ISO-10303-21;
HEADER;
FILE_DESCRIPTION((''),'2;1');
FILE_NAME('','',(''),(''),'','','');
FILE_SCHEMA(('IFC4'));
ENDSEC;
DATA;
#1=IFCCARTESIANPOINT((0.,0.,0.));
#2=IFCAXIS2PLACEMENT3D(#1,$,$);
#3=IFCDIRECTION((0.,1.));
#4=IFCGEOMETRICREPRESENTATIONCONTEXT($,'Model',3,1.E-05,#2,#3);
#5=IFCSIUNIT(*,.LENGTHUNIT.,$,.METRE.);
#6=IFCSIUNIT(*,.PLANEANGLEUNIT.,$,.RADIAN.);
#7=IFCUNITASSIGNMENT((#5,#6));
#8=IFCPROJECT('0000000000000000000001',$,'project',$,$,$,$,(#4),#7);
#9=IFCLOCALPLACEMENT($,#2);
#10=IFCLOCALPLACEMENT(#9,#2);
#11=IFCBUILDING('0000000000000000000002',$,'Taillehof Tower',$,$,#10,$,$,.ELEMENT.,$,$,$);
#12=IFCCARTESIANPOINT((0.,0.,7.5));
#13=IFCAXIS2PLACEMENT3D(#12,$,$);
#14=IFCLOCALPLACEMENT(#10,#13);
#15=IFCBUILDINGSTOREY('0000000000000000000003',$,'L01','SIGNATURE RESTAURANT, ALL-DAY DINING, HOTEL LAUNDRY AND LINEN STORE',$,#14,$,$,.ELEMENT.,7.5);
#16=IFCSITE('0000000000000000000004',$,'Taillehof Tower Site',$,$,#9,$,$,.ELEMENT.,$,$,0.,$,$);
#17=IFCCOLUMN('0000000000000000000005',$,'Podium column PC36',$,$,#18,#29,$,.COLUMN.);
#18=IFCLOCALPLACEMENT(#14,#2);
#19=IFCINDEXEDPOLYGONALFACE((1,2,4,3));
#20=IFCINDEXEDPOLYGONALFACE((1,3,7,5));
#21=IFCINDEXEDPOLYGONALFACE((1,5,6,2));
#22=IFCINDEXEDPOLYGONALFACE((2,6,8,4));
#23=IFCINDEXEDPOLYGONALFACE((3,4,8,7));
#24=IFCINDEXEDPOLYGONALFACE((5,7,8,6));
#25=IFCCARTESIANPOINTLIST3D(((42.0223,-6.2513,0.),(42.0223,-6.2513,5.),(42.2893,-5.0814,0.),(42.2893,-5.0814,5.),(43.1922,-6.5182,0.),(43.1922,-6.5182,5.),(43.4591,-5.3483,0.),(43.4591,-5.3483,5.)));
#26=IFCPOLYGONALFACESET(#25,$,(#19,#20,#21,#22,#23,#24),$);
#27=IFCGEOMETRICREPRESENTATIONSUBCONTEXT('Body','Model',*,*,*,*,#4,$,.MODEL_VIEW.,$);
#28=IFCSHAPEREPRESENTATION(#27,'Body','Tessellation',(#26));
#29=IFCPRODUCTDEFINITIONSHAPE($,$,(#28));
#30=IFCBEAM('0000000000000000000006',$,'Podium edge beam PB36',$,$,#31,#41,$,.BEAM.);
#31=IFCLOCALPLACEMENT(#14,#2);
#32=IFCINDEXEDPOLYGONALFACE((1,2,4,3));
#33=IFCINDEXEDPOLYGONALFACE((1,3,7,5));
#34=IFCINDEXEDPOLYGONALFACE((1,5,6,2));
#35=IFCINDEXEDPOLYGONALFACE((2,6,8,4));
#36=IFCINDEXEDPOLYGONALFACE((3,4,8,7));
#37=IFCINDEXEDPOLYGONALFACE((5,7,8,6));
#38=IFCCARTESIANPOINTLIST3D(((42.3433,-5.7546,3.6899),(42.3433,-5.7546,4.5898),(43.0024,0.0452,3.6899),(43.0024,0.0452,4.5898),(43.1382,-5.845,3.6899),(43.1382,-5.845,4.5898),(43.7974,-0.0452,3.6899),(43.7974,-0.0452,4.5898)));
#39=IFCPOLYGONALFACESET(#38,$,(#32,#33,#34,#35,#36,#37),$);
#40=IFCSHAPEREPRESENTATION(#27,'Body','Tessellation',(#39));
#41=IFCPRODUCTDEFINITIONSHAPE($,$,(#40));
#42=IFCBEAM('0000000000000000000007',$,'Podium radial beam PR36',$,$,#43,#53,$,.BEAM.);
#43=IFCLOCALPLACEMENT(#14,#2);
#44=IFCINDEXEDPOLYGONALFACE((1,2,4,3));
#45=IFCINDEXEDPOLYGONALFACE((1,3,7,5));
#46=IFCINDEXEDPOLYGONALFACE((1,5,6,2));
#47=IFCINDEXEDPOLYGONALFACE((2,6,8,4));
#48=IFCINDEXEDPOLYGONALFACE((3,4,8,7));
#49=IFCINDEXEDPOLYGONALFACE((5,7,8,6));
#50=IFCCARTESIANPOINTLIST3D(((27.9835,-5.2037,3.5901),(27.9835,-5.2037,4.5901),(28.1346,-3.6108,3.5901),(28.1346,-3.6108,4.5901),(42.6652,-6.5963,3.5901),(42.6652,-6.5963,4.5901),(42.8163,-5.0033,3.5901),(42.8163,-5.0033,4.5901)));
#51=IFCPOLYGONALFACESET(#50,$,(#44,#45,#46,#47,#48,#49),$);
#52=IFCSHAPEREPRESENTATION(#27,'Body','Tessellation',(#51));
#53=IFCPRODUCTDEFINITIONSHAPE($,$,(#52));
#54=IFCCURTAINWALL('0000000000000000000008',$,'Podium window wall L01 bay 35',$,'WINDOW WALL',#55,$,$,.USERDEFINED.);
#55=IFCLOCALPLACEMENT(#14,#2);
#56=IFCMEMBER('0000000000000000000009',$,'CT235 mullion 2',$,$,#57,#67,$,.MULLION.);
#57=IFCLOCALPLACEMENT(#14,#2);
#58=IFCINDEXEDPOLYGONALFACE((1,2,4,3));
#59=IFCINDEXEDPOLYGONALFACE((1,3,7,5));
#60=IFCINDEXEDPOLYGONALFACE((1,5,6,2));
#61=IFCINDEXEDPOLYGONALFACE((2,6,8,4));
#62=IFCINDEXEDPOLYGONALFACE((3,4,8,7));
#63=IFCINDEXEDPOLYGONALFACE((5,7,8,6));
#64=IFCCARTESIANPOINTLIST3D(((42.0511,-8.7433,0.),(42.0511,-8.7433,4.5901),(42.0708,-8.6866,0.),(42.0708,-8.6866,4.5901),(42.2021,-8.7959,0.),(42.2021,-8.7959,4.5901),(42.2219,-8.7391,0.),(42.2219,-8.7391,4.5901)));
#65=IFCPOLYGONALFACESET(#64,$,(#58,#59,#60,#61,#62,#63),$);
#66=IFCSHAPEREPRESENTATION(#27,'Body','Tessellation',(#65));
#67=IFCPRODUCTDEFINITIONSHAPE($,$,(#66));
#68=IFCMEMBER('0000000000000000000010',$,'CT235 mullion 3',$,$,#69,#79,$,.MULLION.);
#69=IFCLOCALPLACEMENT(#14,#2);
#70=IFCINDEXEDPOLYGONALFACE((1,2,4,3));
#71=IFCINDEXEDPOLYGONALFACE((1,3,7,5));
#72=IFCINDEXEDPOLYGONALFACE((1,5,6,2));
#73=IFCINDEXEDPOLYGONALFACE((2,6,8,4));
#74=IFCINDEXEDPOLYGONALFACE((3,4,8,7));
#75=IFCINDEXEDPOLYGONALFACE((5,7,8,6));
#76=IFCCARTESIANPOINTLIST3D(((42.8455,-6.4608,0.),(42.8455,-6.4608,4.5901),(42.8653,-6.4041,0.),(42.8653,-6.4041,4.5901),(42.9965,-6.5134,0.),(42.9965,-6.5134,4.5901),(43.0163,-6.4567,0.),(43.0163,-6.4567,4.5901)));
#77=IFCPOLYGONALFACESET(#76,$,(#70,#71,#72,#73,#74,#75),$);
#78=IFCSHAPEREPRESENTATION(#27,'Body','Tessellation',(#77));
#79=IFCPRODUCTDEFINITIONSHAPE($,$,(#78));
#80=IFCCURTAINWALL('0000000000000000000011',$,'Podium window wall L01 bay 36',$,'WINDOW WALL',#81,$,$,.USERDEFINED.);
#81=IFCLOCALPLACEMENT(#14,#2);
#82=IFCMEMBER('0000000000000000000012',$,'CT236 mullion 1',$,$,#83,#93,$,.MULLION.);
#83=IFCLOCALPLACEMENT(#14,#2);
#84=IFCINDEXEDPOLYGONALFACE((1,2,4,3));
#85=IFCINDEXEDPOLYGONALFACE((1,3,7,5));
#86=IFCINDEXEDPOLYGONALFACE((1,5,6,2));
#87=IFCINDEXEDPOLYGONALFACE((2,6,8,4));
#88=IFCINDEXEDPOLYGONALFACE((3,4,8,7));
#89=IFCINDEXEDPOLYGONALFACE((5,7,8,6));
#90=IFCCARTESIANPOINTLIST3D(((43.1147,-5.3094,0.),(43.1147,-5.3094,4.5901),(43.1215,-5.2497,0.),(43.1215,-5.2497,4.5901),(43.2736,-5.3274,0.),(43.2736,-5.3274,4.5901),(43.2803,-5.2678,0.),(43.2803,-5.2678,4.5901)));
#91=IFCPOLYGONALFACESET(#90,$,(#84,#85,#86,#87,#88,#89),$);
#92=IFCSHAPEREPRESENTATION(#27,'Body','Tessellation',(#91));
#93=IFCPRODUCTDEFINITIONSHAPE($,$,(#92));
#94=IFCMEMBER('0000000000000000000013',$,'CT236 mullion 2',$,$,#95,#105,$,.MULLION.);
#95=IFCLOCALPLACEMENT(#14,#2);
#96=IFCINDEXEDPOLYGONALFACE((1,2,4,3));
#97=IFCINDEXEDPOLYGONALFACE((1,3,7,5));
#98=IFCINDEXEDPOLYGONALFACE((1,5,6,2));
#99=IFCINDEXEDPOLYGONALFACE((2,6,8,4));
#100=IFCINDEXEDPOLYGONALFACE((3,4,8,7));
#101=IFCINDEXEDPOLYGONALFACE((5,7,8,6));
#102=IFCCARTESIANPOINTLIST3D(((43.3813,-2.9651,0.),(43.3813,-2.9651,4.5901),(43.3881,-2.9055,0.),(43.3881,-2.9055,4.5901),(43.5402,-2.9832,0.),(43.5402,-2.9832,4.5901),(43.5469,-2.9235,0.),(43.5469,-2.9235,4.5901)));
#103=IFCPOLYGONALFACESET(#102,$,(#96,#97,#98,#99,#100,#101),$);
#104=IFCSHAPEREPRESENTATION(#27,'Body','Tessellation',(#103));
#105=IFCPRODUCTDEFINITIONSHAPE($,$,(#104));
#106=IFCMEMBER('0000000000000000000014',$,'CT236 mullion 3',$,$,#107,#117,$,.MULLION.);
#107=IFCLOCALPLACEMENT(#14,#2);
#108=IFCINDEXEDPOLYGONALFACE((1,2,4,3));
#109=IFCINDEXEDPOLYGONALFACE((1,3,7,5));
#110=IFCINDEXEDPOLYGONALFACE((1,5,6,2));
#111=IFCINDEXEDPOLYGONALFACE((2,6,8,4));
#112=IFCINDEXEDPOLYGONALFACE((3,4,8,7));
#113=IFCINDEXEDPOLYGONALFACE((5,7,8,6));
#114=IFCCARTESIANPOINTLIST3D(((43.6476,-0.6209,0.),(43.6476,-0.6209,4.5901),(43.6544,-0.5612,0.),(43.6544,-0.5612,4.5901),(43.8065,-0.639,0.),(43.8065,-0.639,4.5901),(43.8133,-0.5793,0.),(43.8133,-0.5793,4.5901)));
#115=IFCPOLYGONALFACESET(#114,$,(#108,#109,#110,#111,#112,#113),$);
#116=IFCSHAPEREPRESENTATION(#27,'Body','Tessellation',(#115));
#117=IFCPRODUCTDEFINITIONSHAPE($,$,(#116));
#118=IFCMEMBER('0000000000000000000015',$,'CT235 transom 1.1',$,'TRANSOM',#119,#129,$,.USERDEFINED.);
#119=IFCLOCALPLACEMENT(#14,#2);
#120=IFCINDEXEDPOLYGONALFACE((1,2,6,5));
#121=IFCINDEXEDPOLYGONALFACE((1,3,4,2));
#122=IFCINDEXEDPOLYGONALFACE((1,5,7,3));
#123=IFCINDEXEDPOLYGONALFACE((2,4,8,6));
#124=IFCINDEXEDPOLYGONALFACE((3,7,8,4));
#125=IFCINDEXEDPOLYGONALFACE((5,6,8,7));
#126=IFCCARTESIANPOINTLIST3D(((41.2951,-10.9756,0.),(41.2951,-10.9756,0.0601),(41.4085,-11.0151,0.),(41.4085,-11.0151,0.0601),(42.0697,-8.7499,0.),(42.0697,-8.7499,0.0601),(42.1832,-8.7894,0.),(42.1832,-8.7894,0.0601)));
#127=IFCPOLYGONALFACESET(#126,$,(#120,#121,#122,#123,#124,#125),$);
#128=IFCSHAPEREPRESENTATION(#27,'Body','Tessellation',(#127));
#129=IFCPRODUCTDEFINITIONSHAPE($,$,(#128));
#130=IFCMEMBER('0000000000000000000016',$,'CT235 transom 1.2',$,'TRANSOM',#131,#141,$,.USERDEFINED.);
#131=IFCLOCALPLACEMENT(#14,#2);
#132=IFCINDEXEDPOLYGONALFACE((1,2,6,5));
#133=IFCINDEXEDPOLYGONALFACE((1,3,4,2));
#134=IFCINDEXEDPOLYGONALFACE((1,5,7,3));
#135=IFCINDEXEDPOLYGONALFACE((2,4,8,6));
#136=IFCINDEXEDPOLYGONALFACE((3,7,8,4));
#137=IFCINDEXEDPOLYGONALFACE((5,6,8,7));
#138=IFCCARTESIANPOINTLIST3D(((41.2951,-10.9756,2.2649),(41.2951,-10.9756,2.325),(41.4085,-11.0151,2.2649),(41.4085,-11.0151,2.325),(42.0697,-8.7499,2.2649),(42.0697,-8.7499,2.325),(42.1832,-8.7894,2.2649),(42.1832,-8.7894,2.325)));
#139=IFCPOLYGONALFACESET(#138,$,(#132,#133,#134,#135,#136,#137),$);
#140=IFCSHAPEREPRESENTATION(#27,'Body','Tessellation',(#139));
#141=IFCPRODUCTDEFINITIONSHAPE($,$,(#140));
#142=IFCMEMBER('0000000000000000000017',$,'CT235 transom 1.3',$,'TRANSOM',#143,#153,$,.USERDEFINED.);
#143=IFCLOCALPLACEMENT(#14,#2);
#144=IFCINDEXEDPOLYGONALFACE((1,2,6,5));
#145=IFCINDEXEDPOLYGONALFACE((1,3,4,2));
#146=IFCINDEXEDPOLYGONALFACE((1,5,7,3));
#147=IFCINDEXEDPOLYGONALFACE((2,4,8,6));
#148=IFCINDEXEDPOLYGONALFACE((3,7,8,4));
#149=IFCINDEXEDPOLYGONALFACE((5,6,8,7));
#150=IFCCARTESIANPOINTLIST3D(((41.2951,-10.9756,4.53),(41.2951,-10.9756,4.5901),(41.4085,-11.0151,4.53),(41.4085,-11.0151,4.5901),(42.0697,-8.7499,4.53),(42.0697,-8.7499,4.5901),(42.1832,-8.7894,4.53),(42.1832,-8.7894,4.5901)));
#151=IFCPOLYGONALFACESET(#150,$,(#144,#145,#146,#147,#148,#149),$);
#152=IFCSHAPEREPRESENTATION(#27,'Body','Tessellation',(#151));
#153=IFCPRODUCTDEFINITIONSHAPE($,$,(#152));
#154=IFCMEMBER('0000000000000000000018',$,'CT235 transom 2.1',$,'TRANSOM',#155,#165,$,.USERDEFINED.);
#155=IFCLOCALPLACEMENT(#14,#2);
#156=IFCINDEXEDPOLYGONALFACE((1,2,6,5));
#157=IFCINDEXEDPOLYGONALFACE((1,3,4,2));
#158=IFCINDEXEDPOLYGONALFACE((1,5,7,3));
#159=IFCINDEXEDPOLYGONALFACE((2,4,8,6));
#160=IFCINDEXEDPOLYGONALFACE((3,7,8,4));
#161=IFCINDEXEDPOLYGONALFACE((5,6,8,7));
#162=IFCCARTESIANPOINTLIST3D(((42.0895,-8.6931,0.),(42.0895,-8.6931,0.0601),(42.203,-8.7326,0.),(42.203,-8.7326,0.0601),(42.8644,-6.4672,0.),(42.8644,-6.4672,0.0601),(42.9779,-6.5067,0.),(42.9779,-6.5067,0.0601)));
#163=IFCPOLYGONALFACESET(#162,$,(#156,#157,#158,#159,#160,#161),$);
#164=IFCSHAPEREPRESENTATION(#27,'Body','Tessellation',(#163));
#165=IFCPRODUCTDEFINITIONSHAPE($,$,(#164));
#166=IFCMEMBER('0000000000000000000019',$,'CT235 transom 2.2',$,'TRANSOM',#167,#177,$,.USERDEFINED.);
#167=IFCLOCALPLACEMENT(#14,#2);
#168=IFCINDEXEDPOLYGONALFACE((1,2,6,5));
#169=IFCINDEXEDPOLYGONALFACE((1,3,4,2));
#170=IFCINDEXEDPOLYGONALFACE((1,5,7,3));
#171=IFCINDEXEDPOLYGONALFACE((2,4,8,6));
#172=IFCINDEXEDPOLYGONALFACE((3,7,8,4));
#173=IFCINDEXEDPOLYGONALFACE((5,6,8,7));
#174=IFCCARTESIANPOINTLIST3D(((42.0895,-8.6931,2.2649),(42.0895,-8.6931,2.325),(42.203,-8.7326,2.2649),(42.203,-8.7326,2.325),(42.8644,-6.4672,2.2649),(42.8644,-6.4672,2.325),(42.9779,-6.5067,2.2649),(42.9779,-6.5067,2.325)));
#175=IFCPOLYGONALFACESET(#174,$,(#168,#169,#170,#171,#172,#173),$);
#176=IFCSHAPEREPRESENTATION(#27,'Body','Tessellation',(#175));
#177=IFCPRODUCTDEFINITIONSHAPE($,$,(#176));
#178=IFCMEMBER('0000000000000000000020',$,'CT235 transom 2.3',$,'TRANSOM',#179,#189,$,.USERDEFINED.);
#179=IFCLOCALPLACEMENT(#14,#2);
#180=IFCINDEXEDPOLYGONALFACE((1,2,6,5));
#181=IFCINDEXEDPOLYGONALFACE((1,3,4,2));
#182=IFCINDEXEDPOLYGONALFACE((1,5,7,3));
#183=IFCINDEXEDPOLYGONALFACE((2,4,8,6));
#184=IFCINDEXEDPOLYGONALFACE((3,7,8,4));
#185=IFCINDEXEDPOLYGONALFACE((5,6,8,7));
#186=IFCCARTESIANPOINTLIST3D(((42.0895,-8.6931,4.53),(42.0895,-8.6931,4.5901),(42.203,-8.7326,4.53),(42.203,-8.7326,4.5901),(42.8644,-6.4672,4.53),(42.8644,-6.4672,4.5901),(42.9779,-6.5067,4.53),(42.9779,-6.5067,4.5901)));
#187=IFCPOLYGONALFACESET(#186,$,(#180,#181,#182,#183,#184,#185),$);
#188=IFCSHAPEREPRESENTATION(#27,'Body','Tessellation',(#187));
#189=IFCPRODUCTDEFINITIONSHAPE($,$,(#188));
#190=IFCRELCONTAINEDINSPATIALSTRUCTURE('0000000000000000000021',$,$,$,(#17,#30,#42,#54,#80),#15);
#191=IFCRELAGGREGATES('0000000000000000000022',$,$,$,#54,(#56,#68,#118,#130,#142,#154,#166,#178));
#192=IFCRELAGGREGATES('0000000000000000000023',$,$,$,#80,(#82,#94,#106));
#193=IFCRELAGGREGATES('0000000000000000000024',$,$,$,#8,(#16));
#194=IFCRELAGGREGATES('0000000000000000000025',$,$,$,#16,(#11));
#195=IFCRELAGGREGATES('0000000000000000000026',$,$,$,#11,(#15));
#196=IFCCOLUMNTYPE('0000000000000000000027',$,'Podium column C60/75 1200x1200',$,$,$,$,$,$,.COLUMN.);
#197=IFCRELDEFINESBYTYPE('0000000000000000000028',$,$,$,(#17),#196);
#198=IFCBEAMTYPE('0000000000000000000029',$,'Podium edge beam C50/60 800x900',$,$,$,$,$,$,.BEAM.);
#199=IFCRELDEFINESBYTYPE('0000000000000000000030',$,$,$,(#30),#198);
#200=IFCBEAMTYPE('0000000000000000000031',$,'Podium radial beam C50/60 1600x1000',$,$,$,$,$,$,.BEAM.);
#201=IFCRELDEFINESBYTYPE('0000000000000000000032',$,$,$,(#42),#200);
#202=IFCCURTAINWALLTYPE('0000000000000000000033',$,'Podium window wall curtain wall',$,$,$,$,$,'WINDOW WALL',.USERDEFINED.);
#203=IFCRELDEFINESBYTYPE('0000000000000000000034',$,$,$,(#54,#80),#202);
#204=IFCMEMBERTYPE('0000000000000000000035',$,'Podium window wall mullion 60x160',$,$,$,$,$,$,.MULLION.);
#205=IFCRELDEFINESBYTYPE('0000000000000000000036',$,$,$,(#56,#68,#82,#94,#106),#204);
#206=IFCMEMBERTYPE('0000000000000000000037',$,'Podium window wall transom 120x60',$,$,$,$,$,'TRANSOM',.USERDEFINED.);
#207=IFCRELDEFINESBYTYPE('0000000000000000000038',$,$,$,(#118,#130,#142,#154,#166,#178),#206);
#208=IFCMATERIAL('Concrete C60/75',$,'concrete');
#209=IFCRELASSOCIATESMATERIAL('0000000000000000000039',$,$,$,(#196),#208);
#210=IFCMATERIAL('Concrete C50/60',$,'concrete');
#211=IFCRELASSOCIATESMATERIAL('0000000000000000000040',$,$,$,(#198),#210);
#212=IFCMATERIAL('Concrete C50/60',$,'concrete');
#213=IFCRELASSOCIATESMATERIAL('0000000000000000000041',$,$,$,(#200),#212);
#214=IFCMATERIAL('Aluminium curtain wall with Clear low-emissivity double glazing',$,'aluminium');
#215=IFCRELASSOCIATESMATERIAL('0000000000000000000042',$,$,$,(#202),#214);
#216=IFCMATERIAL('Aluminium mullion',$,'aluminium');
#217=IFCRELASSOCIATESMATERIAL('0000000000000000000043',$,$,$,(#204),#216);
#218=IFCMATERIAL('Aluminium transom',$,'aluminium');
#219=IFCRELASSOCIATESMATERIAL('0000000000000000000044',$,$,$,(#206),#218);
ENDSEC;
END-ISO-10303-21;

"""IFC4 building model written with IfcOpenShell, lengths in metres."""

from ifc_helpers import new_model, si_unit, direction, frame, origin, origin_2d, place, context, subcontext, project, spatial, rectangle, extrude, material, material_profile, profile_set, type_object, element, aggregate, save


model = new_model("IFC4")

# Units and contexts
model_context = context("Model", 3, precision=1e-05, world=origin(), true_north=direction((0.0, 1.0)))
body_context = subcontext(model_context, "Body", "Model", "MODEL_VIEW")
ifc_project = project(units=[si_unit("LENGTHUNIT", "METRE"), si_unit("PLANEANGLEUNIT", "RADIAN")], contexts=[model_context])

# Site, building, storey
site_placement = place(None, origin())
site = spatial("IfcSite", under=ifc_project, at=site_placement, Name="Taillehof Tower Site", CompositionType="ELEMENT", RefElevation=0.0)
building_placement = place(site_placement, origin())
building = spatial("IfcBuilding", under=site, at=building_placement, Name="Taillehof Tower", CompositionType="ELEMENT")
storey_placement = place(building_placement, frame((0.0, 0.0, 7.5)))
storey = spatial("IfcBuildingStorey", under=building, at=storey_placement, Name="L01", Description="SIGNATURE RESTAURANT, ALL-DAY DINING, HOTEL LAUNDRY AND LINEN STORE", CompositionType="ELEMENT", Elevation=7.5)

# Column
ifc_material_1 = material(Name="Concrete C60/75", Category="concrete")
ifc_material_profile_1 = material_profile(ifc_material_1, rectangle(XDim=1.2, YDim=1.2, at=origin_2d()), Name="RC 1200x1200")
ifc_profile_set_1 = profile_set([ifc_material_profile_1], Name="Concrete C60/75")
column_type = type_object("IfcColumnType", Name="Podium column C60/75 1200x1200", PredefinedType="COLUMN", material=ifc_profile_set_1)
column_placement = place(storey_placement, frame((42.7407, -5.7998, 0.0), z_axis=(0.0, 0.0, 1.0), x_axis=(0.97494, -0.222469, 0.0)))
element("IfcColumn", 1, at=column_placement, inside=storey, type_object=column_type, Name="Podium column PC36", PredefinedType="COLUMN", context=body_context, shape_type="SweptSolid", body=[
    extrude(rectangle(XDim=1.2, YDim=1.2, at=origin_2d()), origin(), (0.0, 0.0, 1.0), 5.0),
])

# Beams
ifc_material_2 = material(Name="Concrete C50/60", Category="concrete")
ifc_material_profile_2 = material_profile(ifc_material_2, rectangle(XDim=0.8, YDim=0.8999, at=origin_2d()), Name="RC 800x900")
ifc_profile_set_2 = profile_set([ifc_material_profile_2], Name="Concrete C50/60")
beam_type_1 = type_object("IfcBeamType", Name="Podium edge beam C50/60 800x900", PredefinedType="BEAM", material=ifc_profile_set_2)
beam_1_placement = place(storey_placement, frame((42.7407, -5.7998, 4.1399), z_axis=(0.112928, 0.993603, 0.0), x_axis=(-0.993603, 0.112928, 0.0)))
element("IfcBeam", 2, at=beam_1_placement, inside=storey, type_object=beam_type_1, Name="Podium edge beam PB36", PredefinedType="BEAM", context=body_context, shape_type="SweptSolid", body=[
    extrude(rectangle(XDim=0.8, YDim=0.8999, at=origin_2d()), origin(), (0.0, 0.0, 1.0), 5.8372),
])
ifc_material_3 = material(Name="Concrete C50/60", Category="concrete")
ifc_material_profile_3 = material_profile(ifc_material_3, rectangle(XDim=1.6001, YDim=1.0, at=origin_2d()), Name="RC 1600x1000")
ifc_profile_set_3 = profile_set([ifc_material_profile_3], Name="Concrete C50/60")
beam_type_2 = type_object("IfcBeamType", Name="Podium radial beam C50/60 1600x1000", PredefinedType="BEAM", material=ifc_profile_set_3)
beam_2_placement = place(storey_placement, frame((42.7407, -5.7998, 4.0901), z_axis=(-0.995532, 0.094428, 0.0), x_axis=(-0.094428, -0.995532, 0.0)))
element("IfcBeam", 3, at=beam_2_placement, inside=storey, type_object=beam_type_2, Name="Podium radial beam PR36", PredefinedType="BEAM", context=body_context, shape_type="SweptSolid", body=[
    extrude(rectangle(XDim=1.6001, YDim=1.0, at=origin_2d()), origin(), (0.0, 0.0, 1.0), 14.7476),
])

# Curtain walls, members
ifc_material_4 = material(Name="Aluminium curtain wall with Clear low-emissivity double glazing", Category="aluminium")
curtain_wall_type = type_object("IfcCurtainWallType", Name="Podium window wall curtain wall", ElementType="WINDOW WALL", PredefinedType="USERDEFINED", material=ifc_material_4)
curtain_wall_1_placement = place(storey_placement, origin())
curtain_wall_1 = element("IfcCurtainWall", 4, at=curtain_wall_1_placement, inside=storey, type_object=curtain_wall_type, Name="Podium window wall L01 bay 35", ObjectType="WINDOW WALL", PredefinedType="USERDEFINED")
ifc_material_5 = material(Name="Aluminium mullion", Category="aluminium")
ifc_material_profile_4 = material_profile(ifc_material_5, rectangle(XDim=0.1599, YDim=0.0601, at=origin_2d()), Name="AL 60x160")
ifc_profile_set_4 = profile_set([ifc_material_profile_4], Name="Aluminium mullion")
member_type_1 = type_object("IfcMemberType", Name="Podium window wall mullion 60x160", PredefinedType="MULLION", material=ifc_profile_set_4)
member_1_placement = place(storey_placement, frame((42.1365, -8.7412, 0.0), z_axis=(0.0, 0.0, 1.0), x_axis=(-0.944414, 0.328758, 0.0)))
member_1 = element("IfcMember", 5, at=member_1_placement, type_object=member_type_1, Name="CT235 mullion 2", PredefinedType="MULLION", context=body_context, shape_type="SweptSolid", body=[
    extrude(rectangle(XDim=0.1599, YDim=0.0601, at=origin_2d()), origin(), (0.0, 0.0, 1.0), 4.5901),
])
member_2_placement = place(storey_placement, frame((42.9309, -6.4587, 0.0), z_axis=(0.0, 0.0, 1.0), x_axis=(-0.944414, 0.328758, 0.0)))
member_2 = element("IfcMember", 6, at=member_2_placement, type_object=member_type_1, Name="CT235 mullion 3", PredefinedType="MULLION", context=body_context, shape_type="SweptSolid", body=[
    extrude(rectangle(XDim=0.1599, YDim=0.0601, at=origin_2d()), origin(), (0.0, 0.0, 1.0), 4.5901),
])
curtain_wall_2_placement = place(storey_placement, origin())
curtain_wall_2 = element("IfcCurtainWall", 7, at=curtain_wall_2_placement, inside=storey, type_object=curtain_wall_type, Name="Podium window wall L01 bay 36", ObjectType="WINDOW WALL", PredefinedType="USERDEFINED")
member_3_placement = place(storey_placement, frame((43.1975, -5.2886, 0.0), z_axis=(0.0, 0.0, 1.0), x_axis=(-0.993603, 0.112932, 0.0)))
member_3 = element("IfcMember", 8, at=member_3_placement, type_object=member_type_1, Name="CT236 mullion 1", PredefinedType="MULLION", context=body_context, shape_type="SweptSolid", body=[
    extrude(rectangle(XDim=0.1599, YDim=0.0601, at=origin_2d()), origin(), (0.0, 0.0, 1.0), 4.5901),
])
member_4_placement = place(storey_placement, frame((43.4641, -2.9443, 0.0), z_axis=(0.0, 0.0, 1.0), x_axis=(-0.993603, 0.112932, 0.0)))
member_4 = element("IfcMember", 9, at=member_4_placement, type_object=member_type_1, Name="CT236 mullion 2", PredefinedType="MULLION", context=body_context, shape_type="SweptSolid", body=[
    extrude(rectangle(XDim=0.1599, YDim=0.0601, at=origin_2d()), origin(), (0.0, 0.0, 1.0), 4.5901),
])
member_5_placement = place(storey_placement, frame((43.7305, -0.6001, 0.0), z_axis=(0.0, 0.0, 1.0), x_axis=(-0.993603, 0.112932, 0.0)))
member_5 = element("IfcMember", 10, at=member_5_placement, type_object=member_type_1, Name="CT236 mullion 3", PredefinedType="MULLION", context=body_context, shape_type="SweptSolid", body=[
    extrude(rectangle(XDim=0.1599, YDim=0.0601, at=origin_2d()), origin(), (0.0, 0.0, 1.0), 4.5901),
])

# Members
ifc_material_6 = material(Name="Aluminium transom", Category="aluminium")
ifc_material_profile_5 = material_profile(ifc_material_6, rectangle(XDim=0.1201, YDim=0.0601, at=origin_2d()), Name="AL 120x60")
ifc_profile_set_5 = profile_set([ifc_material_profile_5], Name="Aluminium transom")
member_type_2 = type_object("IfcMemberType", Name="Podium window wall transom 120x60", ElementType="TRANSOM", PredefinedType="USERDEFINED", material=ifc_profile_set_5)
member_6_placement = place(storey_placement, frame((41.3518, -10.9954, 0.03), z_axis=(0.328693, 0.944437, 0.0), x_axis=(-0.944437, 0.328693, 0.0)))
member_6 = element("IfcMember", 11, at=member_6_placement, type_object=member_type_2, Name="CT235 transom 1.1", ObjectType="TRANSOM", PredefinedType="USERDEFINED", context=body_context, shape_type="SweptSolid", body=[
    extrude(rectangle(XDim=0.1201, YDim=0.0601, at=origin_2d()), origin(), (0.0, 0.0, 1.0), 2.3567),
])
member_7_placement = place(storey_placement, frame((41.3518, -10.9954, 2.2949), z_axis=(0.328693, 0.944437, 0.0), x_axis=(-0.944437, 0.328693, 0.0)))
member_7 = element("IfcMember", 12, at=member_7_placement, type_object=member_type_2, Name="CT235 transom 1.2", ObjectType="TRANSOM", PredefinedType="USERDEFINED", context=body_context, shape_type="SweptSolid", body=[
    extrude(rectangle(XDim=0.1201, YDim=0.0601, at=origin_2d()), origin(), (0.0, 0.0, 1.0), 2.3567),
])
member_8_placement = place(storey_placement, frame((41.3518, -10.9954, 4.5601), z_axis=(0.328693, 0.944437, 0.0), x_axis=(-0.944437, 0.328693, 0.0)))
member_8 = element("IfcMember", 13, at=member_8_placement, type_object=member_type_2, Name="CT235 transom 1.3", ObjectType="TRANSOM", PredefinedType="USERDEFINED", context=body_context, shape_type="SweptSolid", body=[
    extrude(rectangle(XDim=0.1201, YDim=0.0601, at=origin_2d()), origin(), (0.0, 0.0, 1.0), 2.3567),
])
member_9_placement = place(storey_placement, frame((42.1462, -8.7129, 0.03), z_axis=(0.328786, 0.944405, 0.0), x_axis=(-0.944405, 0.328786, 0.0)))
member_9 = element("IfcMember", 14, at=member_9_placement, type_object=member_type_2, Name="CT235 transom 2.1", ObjectType="TRANSOM", PredefinedType="USERDEFINED", context=body_context, shape_type="SweptSolid", body=[
    extrude(rectangle(XDim=0.1201, YDim=0.0601, at=origin_2d()), origin(), (0.0, 0.0, 1.0), 2.3569),
])
member_10_placement = place(storey_placement, frame((42.1462, -8.7129, 2.2949), z_axis=(0.328786, 0.944405, 0.0), x_axis=(-0.944405, 0.328786, 0.0)))
member_10 = element("IfcMember", 15, at=member_10_placement, type_object=member_type_2, Name="CT235 transom 2.2", ObjectType="TRANSOM", PredefinedType="USERDEFINED", context=body_context, shape_type="SweptSolid", body=[
    extrude(rectangle(XDim=0.1201, YDim=0.0601, at=origin_2d()), origin(), (0.0, 0.0, 1.0), 2.3569),
])
member_11_placement = place(storey_placement, frame((42.1462, -8.7129, 4.5601), z_axis=(0.328786, 0.944405, 0.0), x_axis=(-0.944405, 0.328786, 0.0)))
member_11 = element("IfcMember", 16, at=member_11_placement, type_object=member_type_2, Name="CT235 transom 2.3", ObjectType="TRANSOM", PredefinedType="USERDEFINED", context=body_context, shape_type="SweptSolid", body=[
    extrude(rectangle(XDim=0.1201, YDim=0.0601, at=origin_2d()), origin(), (0.0, 0.0, 1.0), 2.3569),
])

aggregate(curtain_wall_1, [member_1, member_2, member_6, member_7, member_8, member_9, member_10, member_11])
aggregate(curtain_wall_2, [member_3, member_4, member_5])

save(model, "model.ifc")
